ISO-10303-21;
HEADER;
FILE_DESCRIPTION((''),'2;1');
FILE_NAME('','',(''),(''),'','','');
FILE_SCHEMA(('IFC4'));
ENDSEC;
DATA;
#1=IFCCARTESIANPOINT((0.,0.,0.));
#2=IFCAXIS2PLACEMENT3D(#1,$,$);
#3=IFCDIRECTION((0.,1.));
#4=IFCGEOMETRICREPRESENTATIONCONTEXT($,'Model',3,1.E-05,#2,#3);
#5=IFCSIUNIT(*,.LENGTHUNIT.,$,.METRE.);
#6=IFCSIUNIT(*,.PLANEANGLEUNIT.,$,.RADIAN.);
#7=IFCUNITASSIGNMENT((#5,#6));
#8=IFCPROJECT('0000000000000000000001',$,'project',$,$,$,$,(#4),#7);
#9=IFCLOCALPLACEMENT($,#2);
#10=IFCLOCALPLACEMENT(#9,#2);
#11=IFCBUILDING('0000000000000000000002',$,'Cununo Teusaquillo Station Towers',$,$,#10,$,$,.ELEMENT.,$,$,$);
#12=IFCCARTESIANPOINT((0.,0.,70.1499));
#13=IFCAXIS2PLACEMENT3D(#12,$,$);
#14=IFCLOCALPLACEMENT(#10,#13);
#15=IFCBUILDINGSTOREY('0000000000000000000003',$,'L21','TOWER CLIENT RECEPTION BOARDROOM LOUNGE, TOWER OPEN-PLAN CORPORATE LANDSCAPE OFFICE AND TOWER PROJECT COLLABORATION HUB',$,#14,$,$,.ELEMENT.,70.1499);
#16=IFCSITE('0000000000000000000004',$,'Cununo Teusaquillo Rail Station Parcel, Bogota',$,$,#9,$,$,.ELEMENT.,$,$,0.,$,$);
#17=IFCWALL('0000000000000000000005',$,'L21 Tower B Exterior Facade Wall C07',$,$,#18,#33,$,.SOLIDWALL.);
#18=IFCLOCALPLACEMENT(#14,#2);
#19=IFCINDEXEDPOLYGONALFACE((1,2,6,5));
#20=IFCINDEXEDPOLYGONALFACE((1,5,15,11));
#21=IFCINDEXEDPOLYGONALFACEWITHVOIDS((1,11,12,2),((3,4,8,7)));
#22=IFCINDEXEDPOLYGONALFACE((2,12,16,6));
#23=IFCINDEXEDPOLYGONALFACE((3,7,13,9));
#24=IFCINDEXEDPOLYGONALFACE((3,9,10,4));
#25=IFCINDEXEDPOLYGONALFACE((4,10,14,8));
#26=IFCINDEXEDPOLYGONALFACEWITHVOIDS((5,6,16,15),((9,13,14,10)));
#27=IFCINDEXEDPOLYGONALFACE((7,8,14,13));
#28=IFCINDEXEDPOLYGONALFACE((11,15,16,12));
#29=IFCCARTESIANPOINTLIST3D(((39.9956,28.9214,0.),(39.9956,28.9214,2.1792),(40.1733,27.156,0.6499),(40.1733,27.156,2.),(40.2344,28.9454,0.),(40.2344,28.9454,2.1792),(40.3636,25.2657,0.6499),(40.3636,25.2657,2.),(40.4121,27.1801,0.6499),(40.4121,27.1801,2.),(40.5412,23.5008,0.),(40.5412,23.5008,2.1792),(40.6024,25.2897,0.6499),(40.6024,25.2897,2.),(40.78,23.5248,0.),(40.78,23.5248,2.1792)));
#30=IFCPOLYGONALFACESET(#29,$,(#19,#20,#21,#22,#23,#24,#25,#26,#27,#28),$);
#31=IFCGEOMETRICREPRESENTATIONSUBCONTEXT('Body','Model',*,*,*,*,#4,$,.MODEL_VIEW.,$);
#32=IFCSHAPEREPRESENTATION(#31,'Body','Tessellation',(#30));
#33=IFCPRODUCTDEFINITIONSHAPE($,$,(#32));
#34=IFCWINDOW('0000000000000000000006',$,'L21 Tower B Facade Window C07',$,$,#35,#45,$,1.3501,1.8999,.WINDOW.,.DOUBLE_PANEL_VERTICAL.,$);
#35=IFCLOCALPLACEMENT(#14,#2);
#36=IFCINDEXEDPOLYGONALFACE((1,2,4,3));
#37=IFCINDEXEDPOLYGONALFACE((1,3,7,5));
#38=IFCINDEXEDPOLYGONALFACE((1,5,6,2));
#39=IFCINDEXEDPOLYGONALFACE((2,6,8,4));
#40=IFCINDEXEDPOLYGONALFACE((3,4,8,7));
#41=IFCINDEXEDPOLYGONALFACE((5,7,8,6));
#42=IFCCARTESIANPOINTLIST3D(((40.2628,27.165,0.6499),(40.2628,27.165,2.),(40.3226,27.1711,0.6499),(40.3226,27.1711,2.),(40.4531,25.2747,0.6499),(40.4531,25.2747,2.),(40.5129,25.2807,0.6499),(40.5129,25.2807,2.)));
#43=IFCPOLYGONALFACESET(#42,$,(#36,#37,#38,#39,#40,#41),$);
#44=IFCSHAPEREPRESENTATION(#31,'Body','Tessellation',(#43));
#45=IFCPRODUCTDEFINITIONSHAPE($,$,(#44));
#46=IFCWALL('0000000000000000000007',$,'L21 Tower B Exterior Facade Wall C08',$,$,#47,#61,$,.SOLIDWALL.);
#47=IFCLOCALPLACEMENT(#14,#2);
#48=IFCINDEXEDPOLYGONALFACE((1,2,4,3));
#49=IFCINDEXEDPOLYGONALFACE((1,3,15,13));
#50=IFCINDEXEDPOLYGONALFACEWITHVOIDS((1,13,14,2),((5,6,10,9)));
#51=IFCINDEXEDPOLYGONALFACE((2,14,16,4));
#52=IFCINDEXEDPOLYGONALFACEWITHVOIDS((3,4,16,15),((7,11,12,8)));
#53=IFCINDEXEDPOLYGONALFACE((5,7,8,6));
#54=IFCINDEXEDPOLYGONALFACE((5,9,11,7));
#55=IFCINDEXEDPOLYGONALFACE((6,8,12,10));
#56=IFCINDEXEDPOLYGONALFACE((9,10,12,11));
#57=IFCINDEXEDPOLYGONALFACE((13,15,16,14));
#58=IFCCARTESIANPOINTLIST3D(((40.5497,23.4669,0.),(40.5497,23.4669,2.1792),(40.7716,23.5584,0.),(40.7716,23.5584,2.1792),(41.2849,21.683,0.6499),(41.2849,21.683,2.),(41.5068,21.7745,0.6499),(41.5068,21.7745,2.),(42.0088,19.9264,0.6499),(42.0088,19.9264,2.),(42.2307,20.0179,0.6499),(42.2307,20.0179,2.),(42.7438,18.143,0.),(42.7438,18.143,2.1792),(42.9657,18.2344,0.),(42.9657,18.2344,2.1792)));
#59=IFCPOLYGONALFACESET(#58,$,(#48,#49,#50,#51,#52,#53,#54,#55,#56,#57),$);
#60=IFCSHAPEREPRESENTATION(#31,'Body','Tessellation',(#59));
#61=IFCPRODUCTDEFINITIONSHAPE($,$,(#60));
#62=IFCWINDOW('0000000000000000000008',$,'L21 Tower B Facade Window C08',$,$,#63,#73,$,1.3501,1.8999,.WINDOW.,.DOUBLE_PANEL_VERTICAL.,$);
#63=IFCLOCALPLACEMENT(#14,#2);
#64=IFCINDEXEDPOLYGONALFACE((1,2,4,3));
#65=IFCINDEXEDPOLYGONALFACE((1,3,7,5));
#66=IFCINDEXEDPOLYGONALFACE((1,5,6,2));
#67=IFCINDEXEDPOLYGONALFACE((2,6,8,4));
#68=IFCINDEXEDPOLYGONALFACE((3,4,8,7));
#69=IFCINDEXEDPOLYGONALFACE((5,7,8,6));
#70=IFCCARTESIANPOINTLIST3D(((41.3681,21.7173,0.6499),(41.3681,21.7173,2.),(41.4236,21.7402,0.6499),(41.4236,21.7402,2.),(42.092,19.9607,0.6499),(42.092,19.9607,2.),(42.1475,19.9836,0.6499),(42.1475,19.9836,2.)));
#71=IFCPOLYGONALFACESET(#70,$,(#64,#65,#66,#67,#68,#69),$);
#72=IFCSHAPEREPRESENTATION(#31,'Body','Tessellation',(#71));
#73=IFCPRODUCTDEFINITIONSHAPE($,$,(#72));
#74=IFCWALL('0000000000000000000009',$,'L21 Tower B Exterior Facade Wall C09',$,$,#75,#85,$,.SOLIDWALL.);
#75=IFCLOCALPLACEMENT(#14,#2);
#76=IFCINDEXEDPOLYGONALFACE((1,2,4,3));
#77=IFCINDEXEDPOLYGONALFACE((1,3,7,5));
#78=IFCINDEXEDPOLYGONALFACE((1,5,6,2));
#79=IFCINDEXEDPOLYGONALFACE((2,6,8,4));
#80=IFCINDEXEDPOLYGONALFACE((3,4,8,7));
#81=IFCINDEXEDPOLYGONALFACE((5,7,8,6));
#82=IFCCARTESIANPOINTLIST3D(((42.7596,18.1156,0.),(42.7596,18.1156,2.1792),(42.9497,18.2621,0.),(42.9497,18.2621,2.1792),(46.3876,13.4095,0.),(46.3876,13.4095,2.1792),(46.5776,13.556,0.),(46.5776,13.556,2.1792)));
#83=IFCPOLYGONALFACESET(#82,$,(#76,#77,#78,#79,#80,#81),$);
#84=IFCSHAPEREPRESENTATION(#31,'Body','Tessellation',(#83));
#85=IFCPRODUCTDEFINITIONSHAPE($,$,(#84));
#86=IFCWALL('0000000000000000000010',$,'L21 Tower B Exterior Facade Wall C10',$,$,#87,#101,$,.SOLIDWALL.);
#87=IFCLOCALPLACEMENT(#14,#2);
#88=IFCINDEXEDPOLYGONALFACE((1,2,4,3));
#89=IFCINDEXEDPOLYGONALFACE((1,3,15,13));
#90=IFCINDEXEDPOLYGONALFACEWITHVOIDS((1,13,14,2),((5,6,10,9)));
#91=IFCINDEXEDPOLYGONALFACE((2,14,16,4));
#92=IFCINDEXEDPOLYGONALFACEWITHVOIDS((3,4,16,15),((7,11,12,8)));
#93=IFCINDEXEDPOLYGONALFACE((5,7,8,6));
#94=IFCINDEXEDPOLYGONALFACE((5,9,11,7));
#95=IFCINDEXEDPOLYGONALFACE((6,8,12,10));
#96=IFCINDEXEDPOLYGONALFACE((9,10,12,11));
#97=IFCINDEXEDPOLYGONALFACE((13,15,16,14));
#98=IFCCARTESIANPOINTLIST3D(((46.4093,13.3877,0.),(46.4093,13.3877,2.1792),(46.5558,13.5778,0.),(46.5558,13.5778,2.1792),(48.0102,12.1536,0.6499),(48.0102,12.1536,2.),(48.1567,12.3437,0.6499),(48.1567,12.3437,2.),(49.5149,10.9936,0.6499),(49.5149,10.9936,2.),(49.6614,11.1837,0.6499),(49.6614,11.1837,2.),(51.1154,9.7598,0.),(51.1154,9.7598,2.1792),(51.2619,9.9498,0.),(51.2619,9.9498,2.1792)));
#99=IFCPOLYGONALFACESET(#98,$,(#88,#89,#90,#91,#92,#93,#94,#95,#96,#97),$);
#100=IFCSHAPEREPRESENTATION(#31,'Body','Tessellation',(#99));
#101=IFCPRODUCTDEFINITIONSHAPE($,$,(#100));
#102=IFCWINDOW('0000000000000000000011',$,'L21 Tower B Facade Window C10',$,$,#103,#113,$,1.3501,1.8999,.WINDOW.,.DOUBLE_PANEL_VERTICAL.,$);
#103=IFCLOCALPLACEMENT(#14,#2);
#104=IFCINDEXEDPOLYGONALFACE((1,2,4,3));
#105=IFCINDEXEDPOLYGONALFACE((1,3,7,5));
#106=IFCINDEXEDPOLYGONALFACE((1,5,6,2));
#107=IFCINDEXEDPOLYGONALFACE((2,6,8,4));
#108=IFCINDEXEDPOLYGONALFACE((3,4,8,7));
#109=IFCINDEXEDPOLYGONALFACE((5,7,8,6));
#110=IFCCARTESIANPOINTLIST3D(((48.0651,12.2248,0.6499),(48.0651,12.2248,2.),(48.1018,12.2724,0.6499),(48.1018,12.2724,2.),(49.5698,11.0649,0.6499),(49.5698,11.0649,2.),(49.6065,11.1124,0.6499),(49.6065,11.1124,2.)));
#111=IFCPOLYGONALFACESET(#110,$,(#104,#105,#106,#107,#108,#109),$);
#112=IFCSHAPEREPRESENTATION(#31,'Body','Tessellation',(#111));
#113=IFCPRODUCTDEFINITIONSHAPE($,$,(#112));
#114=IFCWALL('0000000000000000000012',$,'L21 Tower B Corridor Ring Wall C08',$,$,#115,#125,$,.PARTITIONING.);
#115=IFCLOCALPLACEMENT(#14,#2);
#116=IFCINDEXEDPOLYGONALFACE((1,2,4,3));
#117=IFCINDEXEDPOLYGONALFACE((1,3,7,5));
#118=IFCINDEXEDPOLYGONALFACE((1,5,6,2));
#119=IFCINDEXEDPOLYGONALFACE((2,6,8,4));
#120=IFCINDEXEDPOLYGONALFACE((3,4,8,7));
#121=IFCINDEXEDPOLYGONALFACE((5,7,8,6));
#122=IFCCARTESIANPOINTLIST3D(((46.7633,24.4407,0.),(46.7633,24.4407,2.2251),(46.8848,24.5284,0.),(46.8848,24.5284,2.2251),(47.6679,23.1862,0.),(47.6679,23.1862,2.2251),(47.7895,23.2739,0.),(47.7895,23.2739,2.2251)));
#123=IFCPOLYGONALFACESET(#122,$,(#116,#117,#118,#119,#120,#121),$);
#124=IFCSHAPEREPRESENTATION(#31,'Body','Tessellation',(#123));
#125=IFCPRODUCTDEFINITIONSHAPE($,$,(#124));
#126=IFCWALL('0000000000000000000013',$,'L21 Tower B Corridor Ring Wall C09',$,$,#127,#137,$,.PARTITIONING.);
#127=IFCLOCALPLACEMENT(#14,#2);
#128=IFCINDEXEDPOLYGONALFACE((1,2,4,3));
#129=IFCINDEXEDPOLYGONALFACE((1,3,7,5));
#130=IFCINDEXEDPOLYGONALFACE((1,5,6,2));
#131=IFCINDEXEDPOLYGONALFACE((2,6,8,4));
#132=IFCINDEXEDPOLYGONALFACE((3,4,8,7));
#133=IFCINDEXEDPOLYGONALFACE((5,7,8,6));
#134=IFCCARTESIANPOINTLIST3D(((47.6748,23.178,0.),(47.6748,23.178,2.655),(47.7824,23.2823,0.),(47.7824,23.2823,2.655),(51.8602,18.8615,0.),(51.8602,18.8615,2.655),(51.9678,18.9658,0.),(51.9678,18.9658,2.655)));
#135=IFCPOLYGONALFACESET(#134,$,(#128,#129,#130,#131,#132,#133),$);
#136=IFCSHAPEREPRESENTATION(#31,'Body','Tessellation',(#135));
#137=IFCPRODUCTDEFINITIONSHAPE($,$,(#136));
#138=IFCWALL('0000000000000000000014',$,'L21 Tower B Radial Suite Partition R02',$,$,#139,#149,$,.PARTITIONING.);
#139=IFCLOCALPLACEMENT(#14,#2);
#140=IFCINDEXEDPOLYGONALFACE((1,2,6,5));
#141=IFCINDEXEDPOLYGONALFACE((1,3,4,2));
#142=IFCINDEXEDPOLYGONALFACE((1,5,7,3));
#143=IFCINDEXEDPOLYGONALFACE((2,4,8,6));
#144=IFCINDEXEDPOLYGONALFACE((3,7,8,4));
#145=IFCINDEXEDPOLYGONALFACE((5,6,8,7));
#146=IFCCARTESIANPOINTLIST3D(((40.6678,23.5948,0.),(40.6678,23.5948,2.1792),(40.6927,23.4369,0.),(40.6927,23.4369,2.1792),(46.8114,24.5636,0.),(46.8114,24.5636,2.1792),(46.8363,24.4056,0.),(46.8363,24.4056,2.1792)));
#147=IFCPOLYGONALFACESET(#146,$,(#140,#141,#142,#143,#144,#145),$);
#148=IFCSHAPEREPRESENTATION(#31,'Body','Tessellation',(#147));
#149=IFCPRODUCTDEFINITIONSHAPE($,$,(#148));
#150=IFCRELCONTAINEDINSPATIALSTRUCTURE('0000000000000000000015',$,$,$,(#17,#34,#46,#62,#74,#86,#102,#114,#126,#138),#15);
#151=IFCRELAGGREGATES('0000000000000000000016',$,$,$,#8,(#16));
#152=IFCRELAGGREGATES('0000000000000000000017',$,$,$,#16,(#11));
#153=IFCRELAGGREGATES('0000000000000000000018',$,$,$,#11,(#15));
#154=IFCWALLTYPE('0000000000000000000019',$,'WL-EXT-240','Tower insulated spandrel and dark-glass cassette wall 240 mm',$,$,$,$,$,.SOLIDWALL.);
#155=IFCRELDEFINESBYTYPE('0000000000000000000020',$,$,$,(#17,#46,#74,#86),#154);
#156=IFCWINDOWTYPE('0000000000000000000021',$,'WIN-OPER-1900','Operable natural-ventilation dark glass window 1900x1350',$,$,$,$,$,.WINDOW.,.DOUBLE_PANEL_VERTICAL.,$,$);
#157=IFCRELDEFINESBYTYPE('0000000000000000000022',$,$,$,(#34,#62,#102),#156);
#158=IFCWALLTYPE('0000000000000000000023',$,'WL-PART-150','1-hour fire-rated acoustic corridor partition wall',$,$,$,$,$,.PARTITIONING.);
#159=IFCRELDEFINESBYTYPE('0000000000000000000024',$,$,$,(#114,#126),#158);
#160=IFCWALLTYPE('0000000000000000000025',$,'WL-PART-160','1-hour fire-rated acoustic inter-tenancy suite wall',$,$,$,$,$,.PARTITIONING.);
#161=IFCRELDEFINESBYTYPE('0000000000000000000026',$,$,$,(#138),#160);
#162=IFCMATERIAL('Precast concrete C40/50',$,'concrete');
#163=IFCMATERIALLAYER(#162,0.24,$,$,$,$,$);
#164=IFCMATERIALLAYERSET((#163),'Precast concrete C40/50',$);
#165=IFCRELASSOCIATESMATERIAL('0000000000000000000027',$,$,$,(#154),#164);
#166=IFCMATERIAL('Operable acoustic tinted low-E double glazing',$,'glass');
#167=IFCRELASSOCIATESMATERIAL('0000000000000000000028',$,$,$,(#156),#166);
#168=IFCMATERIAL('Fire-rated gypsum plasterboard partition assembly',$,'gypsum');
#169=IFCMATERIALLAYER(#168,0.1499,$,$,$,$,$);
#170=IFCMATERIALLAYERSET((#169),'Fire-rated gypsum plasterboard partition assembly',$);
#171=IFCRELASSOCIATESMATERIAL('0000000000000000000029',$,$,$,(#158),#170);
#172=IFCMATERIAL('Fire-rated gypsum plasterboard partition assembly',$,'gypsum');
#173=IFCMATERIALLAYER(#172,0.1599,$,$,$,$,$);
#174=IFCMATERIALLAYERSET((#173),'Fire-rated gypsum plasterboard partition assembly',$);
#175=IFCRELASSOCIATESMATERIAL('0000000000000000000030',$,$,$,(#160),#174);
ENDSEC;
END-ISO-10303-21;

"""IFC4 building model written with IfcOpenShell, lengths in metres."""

from ifc_helpers import new_model, si_unit, direction, frame, frame_2d, origin, place, context, subcontext, project, spatial, rectangle, extrude, source, transform, mapped, material, layer, layer_set, type_object, element, fill, save


model = new_model("IFC4")

# Units and contexts
model_context = context("Model", 3, precision=1e-05, world=origin(), true_north=direction((0.0, 1.0)))
body_context = subcontext(model_context, "Body", "Model", "MODEL_VIEW")
ifc_project = project(units=[si_unit("LENGTHUNIT", "METRE"), si_unit("PLANEANGLEUNIT", "RADIAN")], contexts=[model_context])

# Site, building, storey
site_placement = place(None, origin())
site = spatial("IfcSite", under=ifc_project, at=site_placement, Name="Cununo Teusaquillo Rail Station Parcel, Bogota", CompositionType="ELEMENT", RefElevation=0.0)
building_placement = place(site_placement, origin())
building = spatial("IfcBuilding", under=site, at=building_placement, Name="Cununo Teusaquillo Station Towers", CompositionType="ELEMENT")
storey_placement = place(building_placement, frame((0.0, 0.0, 70.1499)))
storey = spatial("IfcBuildingStorey", under=building, at=storey_placement, Name="L21", Description="TOWER CLIENT RECEPTION BOARDROOM LOUNGE, TOWER OPEN-PLAN CORPORATE LANDSCAPE OFFICE AND TOWER PROJECT COLLABORATION HUB", CompositionType="ELEMENT", Elevation=70.1499)

# Shared definitions
ifc_material_1 = material(Name="Precast concrete C40/50", Category="concrete")
ifc_layer_1 = layer(ifc_material_1, 0.24)
ifc_layer_set_1 = layer_set([ifc_layer_1], Name="Precast concrete C40/50")
wall_type_1 = type_object("IfcWallType", Name="WL-EXT-240", Description="Tower insulated spandrel and dark-glass cassette wall 240 mm", PredefinedType="SOLIDWALL", material=ifc_layer_set_1)

# Walls, openings, windows
shared_shape_1 = source(origin(), body_context, "Body", "SweptSolid", [
    extrude(rectangle(XDim=1.8999, YDim=1.3501, at=frame_2d((0.95, 0.675))), frame((0.0, 0.1299, 0.0), z_axis=(0.0, -1.0, 0.0), x_axis=(1.0, 0.0, 0.0)), (0.0, 0.0, 1.0), 0.26),
])
ifc_material_2 = material(Name="Operable acoustic tinted low-E double glazing", Category="glass")
window_type = type_object("IfcWindowType", Name="WIN-OPER-1900", Description="Operable natural-ventilation dark glass window 1900x1350", PartitioningType="DOUBLE_PANEL_VERTICAL", PredefinedType="WINDOW", material=ifc_material_2)
shared_shape_2 = source(origin(), body_context, "Body", "SweptSolid", [
    extrude(rectangle(XDim=1.8999, YDim=1.3501, at=frame_2d((0.95, 0.675))), frame((0.0, 0.03, 0.0), z_axis=(0.0, -1.0, 0.0), x_axis=(1.0, 0.0, 0.0)), (0.0, 0.0, 1.0), 0.0601),
])
wall_1_placement = place(storey_placement, frame((40.6606, 23.5127, 0.0), z_axis=(0.0, 0.0, 1.0), x_axis=(-0.100156, 0.994972, 0.0)))
wall_1 = element("IfcWall", 1, at=wall_1_placement, inside=storey, type_object=wall_type_1, Name="L21 Tower B Exterior Facade Wall C07", PredefinedType="SOLIDWALL", context=body_context, shape_type="SweptSolid", body=[
    extrude(rectangle(XDim=5.448, YDim=0.24, at=frame_2d((2.7241, 0.0))), origin(), (0.0, 0.0, 1.0), 2.1792),
])
opening_1_placement = place(wall_1_placement, frame((1.7739, 0.0, 0.6499)))
opening_1 = element("IfcOpeningElement", 2, at=opening_1_placement, cuts=wall_1, PredefinedType="OPENING", context=body_context, shape_type="MappedRepresentation", body=[
    mapped(shared_shape_1, transform((0.0, 0.0, 0.0), x_axis=(1.0, 0.0, 0.0), y_axis=(0.0, 1.0, 0.0), z_axis=(0.0, 0.0, 1.0), scale=1.0)),
])
window_1_placement = place(opening_1_placement, origin())
window_1 = element("IfcWindow", 3, at=window_1_placement, inside=storey, type_object=window_type, Name="L21 Tower B Facade Window C07", OverallHeight=1.3501, OverallWidth=1.8999, PartitioningType="DOUBLE_PANEL_VERTICAL", PredefinedType="WINDOW", context=body_context, shape_type="MappedRepresentation", body=[
    mapped(shared_shape_2, transform((0.0, 0.0, 0.0), x_axis=(1.0, 0.0, 0.0), y_axis=(0.0, 1.0, 0.0), z_axis=(0.0, 0.0, 1.0), scale=1.0)),
])
fill(opening_1, window_1)
wall_2_placement = place(storey_placement, frame((42.8547, 18.1887, 0.0), z_axis=(0.0, 0.0, 1.0), x_axis=(-0.381027, 0.924564, 0.0)))
wall_2 = element("IfcWall", 4, at=wall_2_placement, inside=storey, type_object=wall_type_1, Name="L21 Tower B Exterior Facade Wall C08", PredefinedType="SOLIDWALL", context=body_context, shape_type="SweptSolid", body=[
    extrude(rectangle(XDim=5.7583, YDim=0.24, at=frame_2d((2.8792, 0.0))), origin(), (0.0, 0.0, 1.0), 2.1792),
])
opening_2_placement = place(wall_2_placement, frame((1.929, 0.0, 0.6499)))
opening_2 = element("IfcOpeningElement", 5, at=opening_2_placement, cuts=wall_2, PredefinedType="OPENING", context=body_context, shape_type="MappedRepresentation", body=[
    mapped(shared_shape_1, transform((0.0, 0.0, 0.0), x_axis=(1.0, 0.0, 0.0), y_axis=(0.0, 1.0, 0.0), z_axis=(0.0, 0.0, 1.0), scale=1.0)),
])
window_2_placement = place(opening_2_placement, origin())
window_2 = element("IfcWindow", 6, at=window_2_placement, inside=storey, type_object=window_type, Name="L21 Tower B Facade Window C08", OverallHeight=1.3501, OverallWidth=1.8999, PartitioningType="DOUBLE_PANEL_VERTICAL", PredefinedType="WINDOW", context=body_context, shape_type="MappedRepresentation", body=[
    mapped(shared_shape_2, transform((0.0, 0.0, 0.0), x_axis=(1.0, 0.0, 0.0), y_axis=(0.0, 1.0, 0.0), z_axis=(0.0, 0.0, 1.0), scale=1.0)),
])
fill(opening_2, window_2)

# Wall
wall_3_placement = place(storey_placement, frame((46.4827, 13.4827, 0.0), z_axis=(0.0, 0.0, 1.0), x_axis=(-0.610544, 0.791982, 0.0)))
element("IfcWall", 7, at=wall_3_placement, inside=storey, type_object=wall_type_1, Name="L21 Tower B Exterior Facade Wall C09", PredefinedType="SOLIDWALL", context=body_context, shape_type="SweptSolid", body=[
    extrude(rectangle(XDim=5.9421, YDim=0.24, at=frame_2d((2.9712, 0.0))), origin(), (0.0, 0.0, 1.0), 2.1792),
])

# Wall, opening, window
wall_4_placement = place(storey_placement, frame((51.1887, 9.8547, 0.0), z_axis=(0.0, 0.0, 1.0), x_axis=(-0.791982, 0.610544, 0.0)))
wall_4 = element("IfcWall", 8, at=wall_4_placement, inside=storey, type_object=wall_type_1, Name="L21 Tower B Exterior Facade Wall C10", PredefinedType="SOLIDWALL", context=body_context, shape_type="SweptSolid", body=[
    extrude(rectangle(XDim=5.9421, YDim=0.24, at=frame_2d((2.9712, 0.0))), origin(), (0.0, 0.0, 1.0), 2.1792),
])
opening_3_placement = place(wall_4_placement, frame((2.021, 0.0, 0.6499)))
opening_3 = element("IfcOpeningElement", 9, at=opening_3_placement, cuts=wall_4, PredefinedType="OPENING", context=body_context, shape_type="MappedRepresentation", body=[
    mapped(shared_shape_1, transform((0.0, 0.0, 0.0), x_axis=(1.0, 0.0, 0.0), y_axis=(0.0, 1.0, 0.0), z_axis=(0.0, 0.0, 1.0), scale=1.0)),
])
window_3_placement = place(opening_3_placement, origin())
window_3 = element("IfcWindow", 10, at=window_3_placement, inside=storey, type_object=window_type, Name="L21 Tower B Facade Window C10", OverallHeight=1.3501, OverallWidth=1.8999, PartitioningType="DOUBLE_PANEL_VERTICAL", PredefinedType="WINDOW", context=body_context, shape_type="MappedRepresentation", body=[
    mapped(shared_shape_2, transform((0.0, 0.0, 0.0), x_axis=(1.0, 0.0, 0.0), y_axis=(0.0, 1.0, 0.0), z_axis=(0.0, 0.0, 1.0), scale=1.0)),
])
fill(opening_3, window_3)

# Walls
ifc_material_3 = material(Name="Fire-rated gypsum plasterboard partition assembly", Category="gypsum")
ifc_layer_2 = layer(ifc_material_3, 0.1499)
ifc_layer_set_2 = layer_set([ifc_layer_2], Name="Fire-rated gypsum plasterboard partition assembly")
wall_type_2 = type_object("IfcWallType", Name="WL-PART-150", Description="1-hour fire-rated acoustic corridor partition wall", PredefinedType="PARTITIONING", material=ifc_layer_set_2)
wall_5_placement = place(storey_placement, frame((46.824, 24.4846, 0.0), z_axis=(0.0, 0.0, 1.0), x_axis=(0.584891, -0.811112, 0.0)))
element("IfcWall", 11, at=wall_5_placement, inside=storey, type_object=wall_type_2, Name="L21 Tower B Corridor Ring Wall C08", PredefinedType="PARTITIONING", context=body_context, shape_type="SweptSolid", body=[
    extrude(rectangle(XDim=1.5466, YDim=0.1499, at=frame_2d((0.7734, 0.0))), origin(), (0.0, 0.0, 1.0), 2.2251),
])
wall_6_placement = place(storey_placement, frame((47.7285, 23.2302, 0.0), z_axis=(0.0, 0.0, 1.0), x_axis=(0.69612, -0.717926, 0.0)))
element("IfcWall", 12, at=wall_6_placement, inside=storey, type_object=wall_type_2, Name="L21 Tower B Corridor Ring Wall C09", PredefinedType="PARTITIONING", context=body_context, shape_type="SweptSolid", body=[
    extrude(rectangle(XDim=6.0125, YDim=0.1499, at=frame_2d((3.0063, 0.0))), origin(), (0.0, 0.0, 1.0), 2.655),
])
ifc_material_4 = material(Name="Fire-rated gypsum plasterboard partition assembly", Category="gypsum")
ifc_layer_3 = layer(ifc_material_4, 0.1599)
ifc_layer_set_3 = layer_set([ifc_layer_3], Name="Fire-rated gypsum plasterboard partition assembly")
wall_type_3 = type_object("IfcWallType", Name="WL-PART-160", Description="1-hour fire-rated acoustic inter-tenancy suite wall", PredefinedType="PARTITIONING", material=ifc_layer_set_3)
wall_7_placement = place(storey_placement, frame((46.824, 24.4846, 0.0), z_axis=(0.0, 0.0, 1.0), x_axis=(-0.987795, -0.155761, 0.0)))
element("IfcWall", 13, at=wall_7_placement, inside=storey, type_object=wall_type_3, Name="L21 Tower B Radial Suite Partition R02", PredefinedType="PARTITIONING", context=body_context, shape_type="SweptSolid", body=[
    extrude(rectangle(XDim=6.2195, YDim=0.1599, at=frame_2d((3.1099, 0.0))), origin(), (0.0, 0.0, 1.0), 2.1792),
])

save(model, "model.ifc")
